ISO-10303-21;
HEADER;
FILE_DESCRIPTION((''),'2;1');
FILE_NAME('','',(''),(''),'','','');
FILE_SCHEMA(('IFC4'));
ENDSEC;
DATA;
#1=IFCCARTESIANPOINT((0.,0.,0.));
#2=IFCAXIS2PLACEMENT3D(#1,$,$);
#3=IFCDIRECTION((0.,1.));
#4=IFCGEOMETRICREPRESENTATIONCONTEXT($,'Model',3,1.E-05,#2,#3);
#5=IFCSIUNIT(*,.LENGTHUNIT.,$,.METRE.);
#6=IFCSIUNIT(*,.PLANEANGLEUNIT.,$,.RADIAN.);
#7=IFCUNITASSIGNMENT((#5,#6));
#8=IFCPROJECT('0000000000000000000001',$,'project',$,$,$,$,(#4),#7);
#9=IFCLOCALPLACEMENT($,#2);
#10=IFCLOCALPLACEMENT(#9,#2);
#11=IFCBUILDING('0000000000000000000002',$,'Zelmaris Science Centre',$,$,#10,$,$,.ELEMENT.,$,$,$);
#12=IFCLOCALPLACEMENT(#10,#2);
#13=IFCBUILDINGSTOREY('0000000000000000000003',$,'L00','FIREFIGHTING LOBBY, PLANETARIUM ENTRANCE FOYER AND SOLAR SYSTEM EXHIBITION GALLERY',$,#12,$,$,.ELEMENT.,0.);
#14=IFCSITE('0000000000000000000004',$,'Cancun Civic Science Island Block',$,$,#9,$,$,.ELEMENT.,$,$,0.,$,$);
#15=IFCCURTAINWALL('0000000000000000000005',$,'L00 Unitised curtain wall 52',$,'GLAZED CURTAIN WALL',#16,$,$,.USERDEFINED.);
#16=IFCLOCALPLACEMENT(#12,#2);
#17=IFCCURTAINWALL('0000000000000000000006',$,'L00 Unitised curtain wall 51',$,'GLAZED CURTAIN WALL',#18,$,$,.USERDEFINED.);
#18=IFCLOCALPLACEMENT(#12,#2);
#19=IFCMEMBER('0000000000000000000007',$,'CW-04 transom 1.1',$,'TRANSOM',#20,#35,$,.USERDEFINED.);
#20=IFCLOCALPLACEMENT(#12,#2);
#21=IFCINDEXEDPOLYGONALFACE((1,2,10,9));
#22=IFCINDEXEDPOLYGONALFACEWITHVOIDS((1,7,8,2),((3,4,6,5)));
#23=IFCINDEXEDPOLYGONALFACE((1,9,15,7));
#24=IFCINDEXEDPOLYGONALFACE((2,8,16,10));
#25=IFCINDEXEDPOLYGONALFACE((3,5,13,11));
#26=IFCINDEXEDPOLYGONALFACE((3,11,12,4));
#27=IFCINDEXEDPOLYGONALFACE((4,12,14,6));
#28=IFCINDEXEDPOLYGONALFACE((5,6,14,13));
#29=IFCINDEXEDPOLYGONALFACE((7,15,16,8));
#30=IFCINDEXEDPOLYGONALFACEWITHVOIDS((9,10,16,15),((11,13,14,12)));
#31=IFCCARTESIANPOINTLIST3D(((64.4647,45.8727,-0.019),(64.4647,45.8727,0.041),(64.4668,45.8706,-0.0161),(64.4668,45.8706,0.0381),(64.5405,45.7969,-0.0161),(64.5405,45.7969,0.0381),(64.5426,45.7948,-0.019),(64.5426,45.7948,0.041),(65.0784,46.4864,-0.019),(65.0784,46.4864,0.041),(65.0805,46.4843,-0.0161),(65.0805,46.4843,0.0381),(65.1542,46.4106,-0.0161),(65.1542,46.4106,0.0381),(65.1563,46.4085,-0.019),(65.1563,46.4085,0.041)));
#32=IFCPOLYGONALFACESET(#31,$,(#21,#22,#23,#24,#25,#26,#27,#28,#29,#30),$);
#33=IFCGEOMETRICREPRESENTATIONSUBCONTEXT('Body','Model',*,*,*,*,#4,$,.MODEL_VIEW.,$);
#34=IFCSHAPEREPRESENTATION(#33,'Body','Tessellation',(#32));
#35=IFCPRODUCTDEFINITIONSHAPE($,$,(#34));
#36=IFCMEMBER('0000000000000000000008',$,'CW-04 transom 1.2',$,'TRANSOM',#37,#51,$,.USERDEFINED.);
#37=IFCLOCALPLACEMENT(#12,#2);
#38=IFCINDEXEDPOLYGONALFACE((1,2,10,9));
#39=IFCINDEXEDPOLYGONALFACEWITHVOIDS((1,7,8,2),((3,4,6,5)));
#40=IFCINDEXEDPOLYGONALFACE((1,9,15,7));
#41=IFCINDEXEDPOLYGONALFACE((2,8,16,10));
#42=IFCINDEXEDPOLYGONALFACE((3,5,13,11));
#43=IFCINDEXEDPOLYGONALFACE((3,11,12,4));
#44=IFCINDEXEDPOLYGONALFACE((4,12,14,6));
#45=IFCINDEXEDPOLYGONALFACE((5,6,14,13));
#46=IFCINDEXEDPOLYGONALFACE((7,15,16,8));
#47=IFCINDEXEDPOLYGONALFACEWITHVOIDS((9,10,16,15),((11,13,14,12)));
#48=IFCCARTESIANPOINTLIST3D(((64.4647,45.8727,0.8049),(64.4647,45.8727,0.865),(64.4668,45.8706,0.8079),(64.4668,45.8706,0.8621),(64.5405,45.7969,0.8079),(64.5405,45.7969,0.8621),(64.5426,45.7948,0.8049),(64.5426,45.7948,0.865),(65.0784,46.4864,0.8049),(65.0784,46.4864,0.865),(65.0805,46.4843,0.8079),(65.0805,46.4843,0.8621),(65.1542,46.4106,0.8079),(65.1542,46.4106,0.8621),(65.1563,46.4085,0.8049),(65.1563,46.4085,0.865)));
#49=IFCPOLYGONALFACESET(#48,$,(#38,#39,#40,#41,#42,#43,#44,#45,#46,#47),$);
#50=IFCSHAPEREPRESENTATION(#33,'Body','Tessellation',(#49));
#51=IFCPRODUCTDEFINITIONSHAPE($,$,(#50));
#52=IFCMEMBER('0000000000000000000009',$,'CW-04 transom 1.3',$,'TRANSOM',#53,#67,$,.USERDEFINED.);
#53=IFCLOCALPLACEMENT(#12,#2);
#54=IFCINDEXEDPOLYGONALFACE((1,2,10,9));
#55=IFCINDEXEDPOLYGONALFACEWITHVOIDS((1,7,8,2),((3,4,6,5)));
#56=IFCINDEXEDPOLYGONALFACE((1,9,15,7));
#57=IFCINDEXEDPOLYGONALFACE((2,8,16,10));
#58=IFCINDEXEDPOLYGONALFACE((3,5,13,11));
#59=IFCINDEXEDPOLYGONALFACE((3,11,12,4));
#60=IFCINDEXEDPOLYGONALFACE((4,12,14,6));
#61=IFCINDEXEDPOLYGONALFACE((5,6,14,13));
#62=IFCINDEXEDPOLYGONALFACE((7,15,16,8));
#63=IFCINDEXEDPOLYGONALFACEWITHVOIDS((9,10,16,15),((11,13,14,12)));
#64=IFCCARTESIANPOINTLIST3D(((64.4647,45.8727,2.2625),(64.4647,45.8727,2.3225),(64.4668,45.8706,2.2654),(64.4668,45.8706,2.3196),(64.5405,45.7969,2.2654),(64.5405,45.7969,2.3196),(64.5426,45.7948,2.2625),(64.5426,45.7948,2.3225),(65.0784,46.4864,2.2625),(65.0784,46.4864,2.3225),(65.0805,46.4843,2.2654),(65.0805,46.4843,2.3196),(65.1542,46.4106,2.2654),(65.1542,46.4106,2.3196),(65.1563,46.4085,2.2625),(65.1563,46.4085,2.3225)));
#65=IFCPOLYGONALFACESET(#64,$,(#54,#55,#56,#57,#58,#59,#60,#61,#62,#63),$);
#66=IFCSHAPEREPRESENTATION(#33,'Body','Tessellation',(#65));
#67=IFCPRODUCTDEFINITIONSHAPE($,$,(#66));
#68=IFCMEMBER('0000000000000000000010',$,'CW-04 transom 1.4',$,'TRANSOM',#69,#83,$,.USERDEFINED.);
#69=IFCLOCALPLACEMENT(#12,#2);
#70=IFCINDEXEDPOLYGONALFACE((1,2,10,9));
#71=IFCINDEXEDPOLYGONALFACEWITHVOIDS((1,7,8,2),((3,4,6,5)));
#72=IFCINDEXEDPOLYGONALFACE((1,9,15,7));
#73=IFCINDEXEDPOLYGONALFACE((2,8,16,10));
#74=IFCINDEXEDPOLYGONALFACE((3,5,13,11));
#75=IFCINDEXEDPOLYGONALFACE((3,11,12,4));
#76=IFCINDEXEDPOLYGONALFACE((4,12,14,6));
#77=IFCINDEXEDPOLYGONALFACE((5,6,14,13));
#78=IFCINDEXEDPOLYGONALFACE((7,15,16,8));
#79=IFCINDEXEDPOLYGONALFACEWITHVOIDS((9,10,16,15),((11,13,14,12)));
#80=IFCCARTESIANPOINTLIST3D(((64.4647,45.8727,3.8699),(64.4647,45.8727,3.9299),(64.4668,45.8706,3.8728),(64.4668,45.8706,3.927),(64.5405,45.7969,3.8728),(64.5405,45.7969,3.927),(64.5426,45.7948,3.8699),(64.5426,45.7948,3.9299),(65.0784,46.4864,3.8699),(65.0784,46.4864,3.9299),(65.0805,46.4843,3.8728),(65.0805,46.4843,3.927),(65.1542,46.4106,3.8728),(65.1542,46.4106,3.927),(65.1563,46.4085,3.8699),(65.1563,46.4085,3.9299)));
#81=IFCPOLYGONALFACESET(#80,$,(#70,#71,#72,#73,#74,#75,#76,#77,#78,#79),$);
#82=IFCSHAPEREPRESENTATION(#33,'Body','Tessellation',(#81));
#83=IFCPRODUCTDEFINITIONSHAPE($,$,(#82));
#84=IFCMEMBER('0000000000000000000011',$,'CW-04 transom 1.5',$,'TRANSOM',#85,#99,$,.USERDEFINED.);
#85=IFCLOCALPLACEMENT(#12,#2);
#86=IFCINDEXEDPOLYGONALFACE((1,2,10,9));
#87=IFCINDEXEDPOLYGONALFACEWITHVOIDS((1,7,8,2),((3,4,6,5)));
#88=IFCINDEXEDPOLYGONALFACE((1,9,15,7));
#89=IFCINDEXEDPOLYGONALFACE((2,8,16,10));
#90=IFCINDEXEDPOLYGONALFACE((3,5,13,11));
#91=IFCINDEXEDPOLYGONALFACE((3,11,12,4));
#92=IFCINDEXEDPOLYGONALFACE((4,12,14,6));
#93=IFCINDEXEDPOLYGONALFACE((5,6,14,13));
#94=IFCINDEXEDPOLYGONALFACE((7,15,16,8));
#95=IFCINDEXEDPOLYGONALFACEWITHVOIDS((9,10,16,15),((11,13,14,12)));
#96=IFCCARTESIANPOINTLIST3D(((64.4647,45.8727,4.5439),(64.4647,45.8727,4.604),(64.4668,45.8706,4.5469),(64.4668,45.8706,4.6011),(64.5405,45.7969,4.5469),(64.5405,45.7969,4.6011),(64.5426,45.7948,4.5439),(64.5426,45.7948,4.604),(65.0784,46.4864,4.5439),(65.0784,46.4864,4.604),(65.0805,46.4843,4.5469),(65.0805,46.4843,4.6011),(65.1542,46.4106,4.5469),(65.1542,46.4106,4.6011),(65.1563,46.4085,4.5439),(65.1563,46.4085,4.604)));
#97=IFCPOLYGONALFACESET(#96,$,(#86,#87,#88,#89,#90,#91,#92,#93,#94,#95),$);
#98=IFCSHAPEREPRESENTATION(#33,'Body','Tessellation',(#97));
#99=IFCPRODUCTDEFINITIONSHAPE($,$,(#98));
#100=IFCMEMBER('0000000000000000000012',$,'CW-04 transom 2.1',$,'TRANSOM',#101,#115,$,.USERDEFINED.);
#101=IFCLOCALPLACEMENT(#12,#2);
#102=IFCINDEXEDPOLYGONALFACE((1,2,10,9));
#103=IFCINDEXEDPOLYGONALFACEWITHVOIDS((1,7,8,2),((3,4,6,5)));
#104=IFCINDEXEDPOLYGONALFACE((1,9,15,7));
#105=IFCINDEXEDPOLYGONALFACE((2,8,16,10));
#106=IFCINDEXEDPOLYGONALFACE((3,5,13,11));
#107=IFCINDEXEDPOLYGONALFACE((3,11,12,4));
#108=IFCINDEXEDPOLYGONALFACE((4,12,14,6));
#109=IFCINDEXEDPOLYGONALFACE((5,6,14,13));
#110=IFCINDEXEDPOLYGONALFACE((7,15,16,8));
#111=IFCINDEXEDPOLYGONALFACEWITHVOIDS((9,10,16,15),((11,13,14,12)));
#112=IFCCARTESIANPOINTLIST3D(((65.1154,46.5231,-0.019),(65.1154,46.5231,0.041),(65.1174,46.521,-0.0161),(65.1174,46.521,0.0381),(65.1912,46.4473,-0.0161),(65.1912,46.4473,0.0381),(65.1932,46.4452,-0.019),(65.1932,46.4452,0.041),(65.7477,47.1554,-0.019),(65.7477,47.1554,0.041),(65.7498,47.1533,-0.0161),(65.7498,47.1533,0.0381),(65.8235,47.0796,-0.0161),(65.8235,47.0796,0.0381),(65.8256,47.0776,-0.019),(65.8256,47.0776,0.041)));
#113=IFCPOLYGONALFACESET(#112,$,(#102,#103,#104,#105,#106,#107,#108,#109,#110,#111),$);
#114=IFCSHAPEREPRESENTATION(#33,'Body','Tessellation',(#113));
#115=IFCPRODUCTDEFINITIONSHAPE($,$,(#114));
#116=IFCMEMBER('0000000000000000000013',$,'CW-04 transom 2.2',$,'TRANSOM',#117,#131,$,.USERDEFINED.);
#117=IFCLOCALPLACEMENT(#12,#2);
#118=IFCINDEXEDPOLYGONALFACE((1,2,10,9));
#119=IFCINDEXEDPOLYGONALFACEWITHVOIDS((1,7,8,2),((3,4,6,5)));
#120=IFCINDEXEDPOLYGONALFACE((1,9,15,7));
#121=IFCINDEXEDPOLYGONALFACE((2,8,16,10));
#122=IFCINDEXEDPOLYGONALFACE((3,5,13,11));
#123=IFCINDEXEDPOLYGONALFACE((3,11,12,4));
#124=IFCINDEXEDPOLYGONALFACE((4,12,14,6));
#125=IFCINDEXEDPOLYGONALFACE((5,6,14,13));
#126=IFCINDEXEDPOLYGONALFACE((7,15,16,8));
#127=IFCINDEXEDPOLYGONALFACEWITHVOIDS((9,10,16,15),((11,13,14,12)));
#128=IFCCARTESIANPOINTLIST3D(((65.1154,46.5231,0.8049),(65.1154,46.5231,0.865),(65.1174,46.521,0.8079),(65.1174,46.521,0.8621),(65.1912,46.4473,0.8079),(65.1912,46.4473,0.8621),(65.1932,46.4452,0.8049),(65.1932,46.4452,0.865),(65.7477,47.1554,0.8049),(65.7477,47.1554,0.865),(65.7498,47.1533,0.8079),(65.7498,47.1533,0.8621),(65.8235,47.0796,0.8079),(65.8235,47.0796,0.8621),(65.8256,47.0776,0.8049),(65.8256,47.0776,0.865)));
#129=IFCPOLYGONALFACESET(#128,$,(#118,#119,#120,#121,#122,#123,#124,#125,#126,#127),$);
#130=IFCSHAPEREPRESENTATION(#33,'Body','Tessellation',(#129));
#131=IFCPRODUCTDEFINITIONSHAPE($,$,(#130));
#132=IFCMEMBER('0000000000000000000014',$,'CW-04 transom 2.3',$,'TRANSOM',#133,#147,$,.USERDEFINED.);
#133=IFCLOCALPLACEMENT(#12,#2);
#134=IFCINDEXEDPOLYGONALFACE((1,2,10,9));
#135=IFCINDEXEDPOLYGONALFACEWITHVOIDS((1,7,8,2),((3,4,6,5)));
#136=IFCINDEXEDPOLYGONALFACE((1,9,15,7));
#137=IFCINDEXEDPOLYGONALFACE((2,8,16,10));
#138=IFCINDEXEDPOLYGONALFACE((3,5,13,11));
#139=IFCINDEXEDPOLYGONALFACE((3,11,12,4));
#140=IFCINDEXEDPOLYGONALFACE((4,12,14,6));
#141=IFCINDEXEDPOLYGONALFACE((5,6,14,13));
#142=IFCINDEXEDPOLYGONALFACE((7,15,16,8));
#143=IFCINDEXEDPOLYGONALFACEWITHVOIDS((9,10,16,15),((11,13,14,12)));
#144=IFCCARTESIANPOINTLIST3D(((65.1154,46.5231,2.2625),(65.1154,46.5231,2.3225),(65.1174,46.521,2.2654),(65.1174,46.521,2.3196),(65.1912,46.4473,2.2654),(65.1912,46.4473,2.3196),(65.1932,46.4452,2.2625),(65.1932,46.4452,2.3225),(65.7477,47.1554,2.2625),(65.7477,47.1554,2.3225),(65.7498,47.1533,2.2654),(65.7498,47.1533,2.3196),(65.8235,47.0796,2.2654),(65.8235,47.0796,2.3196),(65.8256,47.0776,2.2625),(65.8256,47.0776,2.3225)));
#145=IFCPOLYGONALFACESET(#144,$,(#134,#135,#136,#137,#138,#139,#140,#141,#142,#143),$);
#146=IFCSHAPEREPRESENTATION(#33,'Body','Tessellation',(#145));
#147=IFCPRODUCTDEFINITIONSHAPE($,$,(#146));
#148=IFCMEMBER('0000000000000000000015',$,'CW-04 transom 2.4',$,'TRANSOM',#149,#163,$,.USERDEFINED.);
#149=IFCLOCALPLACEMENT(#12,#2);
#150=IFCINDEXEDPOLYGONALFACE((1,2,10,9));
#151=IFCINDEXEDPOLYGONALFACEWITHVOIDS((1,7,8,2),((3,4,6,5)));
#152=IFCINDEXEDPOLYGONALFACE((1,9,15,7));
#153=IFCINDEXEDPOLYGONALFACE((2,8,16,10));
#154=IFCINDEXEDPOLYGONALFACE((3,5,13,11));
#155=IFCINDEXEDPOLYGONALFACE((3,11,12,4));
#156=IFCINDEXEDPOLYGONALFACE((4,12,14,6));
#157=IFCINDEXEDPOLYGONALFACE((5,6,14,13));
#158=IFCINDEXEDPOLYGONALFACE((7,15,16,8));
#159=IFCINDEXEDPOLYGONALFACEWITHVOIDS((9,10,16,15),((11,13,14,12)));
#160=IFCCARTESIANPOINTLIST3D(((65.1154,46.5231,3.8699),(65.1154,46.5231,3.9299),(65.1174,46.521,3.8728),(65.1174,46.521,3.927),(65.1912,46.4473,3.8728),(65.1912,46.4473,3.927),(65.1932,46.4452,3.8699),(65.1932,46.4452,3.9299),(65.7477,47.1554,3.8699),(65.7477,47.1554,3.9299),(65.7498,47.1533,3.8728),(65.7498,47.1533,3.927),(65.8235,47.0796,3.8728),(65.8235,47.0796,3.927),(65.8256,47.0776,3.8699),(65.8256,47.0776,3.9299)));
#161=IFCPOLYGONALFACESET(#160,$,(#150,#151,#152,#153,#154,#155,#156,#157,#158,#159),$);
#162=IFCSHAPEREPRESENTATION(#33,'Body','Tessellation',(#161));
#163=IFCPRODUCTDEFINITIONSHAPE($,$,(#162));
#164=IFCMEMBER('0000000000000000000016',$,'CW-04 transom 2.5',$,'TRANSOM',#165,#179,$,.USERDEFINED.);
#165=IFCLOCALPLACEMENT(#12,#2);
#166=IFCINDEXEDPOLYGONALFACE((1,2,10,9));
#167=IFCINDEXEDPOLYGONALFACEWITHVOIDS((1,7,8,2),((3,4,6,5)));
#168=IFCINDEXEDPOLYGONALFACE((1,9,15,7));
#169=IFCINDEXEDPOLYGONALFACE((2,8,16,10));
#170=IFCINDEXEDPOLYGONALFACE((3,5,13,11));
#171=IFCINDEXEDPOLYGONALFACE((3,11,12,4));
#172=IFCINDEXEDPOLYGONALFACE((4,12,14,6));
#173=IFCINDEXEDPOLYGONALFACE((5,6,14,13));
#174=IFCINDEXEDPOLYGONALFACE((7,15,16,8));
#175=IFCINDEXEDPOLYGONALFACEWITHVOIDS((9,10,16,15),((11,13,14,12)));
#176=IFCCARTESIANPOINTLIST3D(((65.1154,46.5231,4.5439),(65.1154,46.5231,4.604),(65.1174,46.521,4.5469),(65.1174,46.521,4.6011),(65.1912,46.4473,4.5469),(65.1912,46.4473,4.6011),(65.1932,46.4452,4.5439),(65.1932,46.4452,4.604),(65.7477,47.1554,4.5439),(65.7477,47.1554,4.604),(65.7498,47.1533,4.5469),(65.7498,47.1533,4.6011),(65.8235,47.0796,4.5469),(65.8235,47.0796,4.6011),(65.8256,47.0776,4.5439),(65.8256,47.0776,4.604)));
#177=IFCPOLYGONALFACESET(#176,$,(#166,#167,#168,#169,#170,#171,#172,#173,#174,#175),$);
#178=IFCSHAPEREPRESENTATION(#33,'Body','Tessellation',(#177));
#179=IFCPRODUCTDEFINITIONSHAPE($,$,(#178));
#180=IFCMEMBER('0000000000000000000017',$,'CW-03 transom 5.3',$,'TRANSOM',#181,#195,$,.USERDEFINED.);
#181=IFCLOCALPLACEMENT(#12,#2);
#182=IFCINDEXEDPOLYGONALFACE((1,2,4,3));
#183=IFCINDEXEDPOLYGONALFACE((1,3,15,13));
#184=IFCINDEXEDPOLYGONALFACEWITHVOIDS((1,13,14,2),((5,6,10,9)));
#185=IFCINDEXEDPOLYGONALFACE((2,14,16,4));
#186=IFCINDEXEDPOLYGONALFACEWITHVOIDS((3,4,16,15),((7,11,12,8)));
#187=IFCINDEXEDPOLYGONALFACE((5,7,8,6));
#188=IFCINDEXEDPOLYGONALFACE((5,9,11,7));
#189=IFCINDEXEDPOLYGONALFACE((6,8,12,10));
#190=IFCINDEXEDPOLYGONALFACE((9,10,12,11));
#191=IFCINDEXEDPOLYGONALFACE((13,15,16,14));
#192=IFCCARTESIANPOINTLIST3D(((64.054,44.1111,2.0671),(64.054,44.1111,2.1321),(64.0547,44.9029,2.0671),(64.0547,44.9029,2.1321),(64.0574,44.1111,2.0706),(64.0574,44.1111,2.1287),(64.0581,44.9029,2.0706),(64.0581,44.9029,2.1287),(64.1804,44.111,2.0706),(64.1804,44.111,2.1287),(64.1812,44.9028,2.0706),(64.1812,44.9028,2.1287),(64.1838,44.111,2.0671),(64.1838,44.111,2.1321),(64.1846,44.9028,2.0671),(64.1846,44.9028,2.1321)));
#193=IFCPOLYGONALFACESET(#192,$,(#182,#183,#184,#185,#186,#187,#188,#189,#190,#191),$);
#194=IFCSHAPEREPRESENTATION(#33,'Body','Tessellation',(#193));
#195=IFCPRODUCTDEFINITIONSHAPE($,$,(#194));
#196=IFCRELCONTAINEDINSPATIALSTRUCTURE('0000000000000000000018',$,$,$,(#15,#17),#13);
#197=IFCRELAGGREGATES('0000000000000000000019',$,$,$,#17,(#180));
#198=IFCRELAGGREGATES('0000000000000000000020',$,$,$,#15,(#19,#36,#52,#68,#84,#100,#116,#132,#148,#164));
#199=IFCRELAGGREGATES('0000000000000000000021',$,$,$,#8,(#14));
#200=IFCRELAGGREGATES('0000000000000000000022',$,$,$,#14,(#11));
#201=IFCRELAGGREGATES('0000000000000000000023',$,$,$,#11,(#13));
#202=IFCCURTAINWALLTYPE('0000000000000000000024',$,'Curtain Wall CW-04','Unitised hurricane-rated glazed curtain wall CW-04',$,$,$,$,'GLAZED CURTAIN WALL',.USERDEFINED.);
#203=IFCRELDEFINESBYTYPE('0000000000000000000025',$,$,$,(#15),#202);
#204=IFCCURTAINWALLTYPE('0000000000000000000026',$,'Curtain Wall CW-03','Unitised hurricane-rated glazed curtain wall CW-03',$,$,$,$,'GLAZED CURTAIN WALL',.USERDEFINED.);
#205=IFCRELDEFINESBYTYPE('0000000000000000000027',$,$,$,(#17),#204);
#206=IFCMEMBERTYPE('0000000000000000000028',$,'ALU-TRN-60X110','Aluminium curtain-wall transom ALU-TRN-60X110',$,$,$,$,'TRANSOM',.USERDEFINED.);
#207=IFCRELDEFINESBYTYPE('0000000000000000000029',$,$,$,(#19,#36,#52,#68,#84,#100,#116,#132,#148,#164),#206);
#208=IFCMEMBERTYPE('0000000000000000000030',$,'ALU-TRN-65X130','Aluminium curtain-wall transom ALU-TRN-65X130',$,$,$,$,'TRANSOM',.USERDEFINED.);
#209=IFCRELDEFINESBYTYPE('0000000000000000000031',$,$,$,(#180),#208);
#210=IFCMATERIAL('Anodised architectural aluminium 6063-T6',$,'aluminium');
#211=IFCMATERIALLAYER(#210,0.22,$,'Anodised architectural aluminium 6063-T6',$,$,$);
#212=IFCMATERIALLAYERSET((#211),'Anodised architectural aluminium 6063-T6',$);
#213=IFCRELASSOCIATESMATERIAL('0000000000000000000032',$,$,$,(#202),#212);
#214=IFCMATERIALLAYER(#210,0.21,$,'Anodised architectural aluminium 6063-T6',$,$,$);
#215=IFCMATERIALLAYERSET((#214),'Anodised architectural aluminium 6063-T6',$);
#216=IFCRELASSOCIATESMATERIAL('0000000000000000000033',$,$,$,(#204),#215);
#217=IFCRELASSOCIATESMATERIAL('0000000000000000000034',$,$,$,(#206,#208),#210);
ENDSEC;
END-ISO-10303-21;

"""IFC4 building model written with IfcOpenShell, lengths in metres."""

from ifc_helpers import new_model, si_unit, direction, frame, origin, origin_2d, place, context, subcontext, project, spatial, hollow_rectangle, extrude, material, layer, layer_set, material_profile, profile_set, type_object, element, aggregate, save


model = new_model("IFC4")

# Units and contexts
model_context = context("Model", 3, precision=1e-05, world=origin(), true_north=direction((0.0, 1.0)))
body_context = subcontext(model_context, "Body", "Model", "MODEL_VIEW")
ifc_project = project(units=[si_unit("LENGTHUNIT", "METRE"), si_unit("PLANEANGLEUNIT", "RADIAN")], contexts=[model_context])

# Site, building, storey
site_placement = place(None, origin())
site = spatial("IfcSite", under=ifc_project, at=site_placement, Name="Cancun Civic Science Island Block", CompositionType="ELEMENT", RefElevation=0.0)
building_placement = place(site_placement, origin())
building = spatial("IfcBuilding", under=site, at=building_placement, Name="Zelmaris Science Centre", CompositionType="ELEMENT")
storey_placement = place(building_placement, origin())
storey = spatial("IfcBuildingStorey", under=building, at=storey_placement, Name="L00", Description="FIREFIGHTING LOBBY, PLANETARIUM ENTRANCE FOYER AND SOLAR SYSTEM EXHIBITION GALLERY", CompositionType="ELEMENT", Elevation=0.0)

# Curtain wall
ifc_material_1 = material(Name="Anodised architectural aluminium 6063-T6", Category="aluminium")
ifc_layer_1 = layer(ifc_material_1, 0.22, Name="Anodised architectural aluminium 6063-T6")
ifc_layer_set_1 = layer_set([ifc_layer_1], Name="Anodised architectural aluminium 6063-T6")
curtain_wall_type_1 = type_object("IfcCurtainWallType", Name="Curtain Wall CW-04", Description="Unitised hurricane-rated glazed curtain wall CW-04", ElementType="GLAZED CURTAIN WALL", PredefinedType="USERDEFINED", material=ifc_layer_set_1)
curtain_wall_1_placement = place(storey_placement, origin())
curtain_wall_1 = element("IfcCurtainWall", 1, at=curtain_wall_1_placement, inside=storey, type_object=curtain_wall_type_1, Name="L00 Unitised curtain wall 52", ObjectType="GLAZED CURTAIN WALL", PredefinedType="USERDEFINED")

# Curtain wall
ifc_layer_2 = layer(ifc_material_1, 0.21, Name="Anodised architectural aluminium 6063-T6")
ifc_layer_set_2 = layer_set([ifc_layer_2], Name="Anodised architectural aluminium 6063-T6")
curtain_wall_type_2 = type_object("IfcCurtainWallType", Name="Curtain Wall CW-03", Description="Unitised hurricane-rated glazed curtain wall CW-03", ElementType="GLAZED CURTAIN WALL", PredefinedType="USERDEFINED", material=ifc_layer_set_2)
curtain_wall_2_placement = place(storey_placement, origin())
curtain_wall_2 = element("IfcCurtainWall", 2, at=curtain_wall_2_placement, inside=storey, type_object=curtain_wall_type_2, Name="L00 Unitised curtain wall 51", ObjectType="GLAZED CURTAIN WALL", PredefinedType="USERDEFINED")

# Members
ifc_material_profile_1 = material_profile(ifc_material_1, hollow_rectangle(XDim=0.0601, YDim=0.1101, WallThickness=0.0029, at=origin_2d()), Name="ALU-TRN-60X110")
ifc_profile_set_1 = profile_set([ifc_material_profile_1], Name="Anodised architectural aluminium 6063-T6")
member_type_1 = type_object("IfcMemberType", Name="ALU-TRN-60X110", Description="Aluminium curtain-wall transom ALU-TRN-60X110", ElementType="TRANSOM", PredefinedType="USERDEFINED", material=ifc_profile_set_1)
member_1_placement = place(storey_placement, frame((64.5037, 45.8337, 0.011), z_axis=(0.707107, 0.707107, 0.0), x_axis=(0.0, 0.0, 1.0)))
member_1 = element("IfcMember", 3, at=member_1_placement, type_object=member_type_1, Name="CW-04 transom 1.1", ObjectType="TRANSOM", PredefinedType="USERDEFINED", context=body_context, shape_type="SweptSolid", body=[
    extrude(hollow_rectangle(XDim=0.0601, YDim=0.1101, WallThickness=0.0029, at=origin_2d()), origin(), (0.0, 0.0, 1.0), 0.8679),
])
member_2_placement = place(storey_placement, frame((64.5037, 45.8337, 0.835), z_axis=(0.707107, 0.707107, 0.0), x_axis=(0.0, 0.0, 1.0)))
member_2 = element("IfcMember", 4, at=member_2_placement, type_object=member_type_1, Name="CW-04 transom 1.2", ObjectType="TRANSOM", PredefinedType="USERDEFINED", context=body_context, shape_type="SweptSolid", body=[
    extrude(hollow_rectangle(XDim=0.0601, YDim=0.1101, WallThickness=0.0029, at=origin_2d()), origin(), (0.0, 0.0, 1.0), 0.8679),
])
member_3_placement = place(storey_placement, frame((64.5037, 45.8337, 2.2925), z_axis=(0.707107, 0.707107, 0.0), x_axis=(0.0, 0.0, 1.0)))
member_3 = element("IfcMember", 5, at=member_3_placement, type_object=member_type_1, Name="CW-04 transom 1.3", ObjectType="TRANSOM", PredefinedType="USERDEFINED", context=body_context, shape_type="SweptSolid", body=[
    extrude(hollow_rectangle(XDim=0.0601, YDim=0.1101, WallThickness=0.0029, at=origin_2d()), origin(), (0.0, 0.0, 1.0), 0.8679),
])
member_4_placement = place(storey_placement, frame((64.5037, 45.8337, 3.8999), z_axis=(0.707107, 0.707107, 0.0), x_axis=(0.0, 0.0, 1.0)))
member_4 = element("IfcMember", 6, at=member_4_placement, type_object=member_type_1, Name="CW-04 transom 1.4", ObjectType="TRANSOM", PredefinedType="USERDEFINED", context=body_context, shape_type="SweptSolid", body=[
    extrude(hollow_rectangle(XDim=0.0601, YDim=0.1101, WallThickness=0.0029, at=origin_2d()), origin(), (0.0, 0.0, 1.0), 0.8679),
])
member_5_placement = place(storey_placement, frame((64.5037, 45.8337, 4.574), z_axis=(0.707107, 0.707107, 0.0), x_axis=(0.0, 0.0, 1.0)))
member_5 = element("IfcMember", 7, at=member_5_placement, type_object=member_type_1, Name="CW-04 transom 1.5", ObjectType="TRANSOM", PredefinedType="USERDEFINED", context=body_context, shape_type="SweptSolid", body=[
    extrude(hollow_rectangle(XDim=0.0601, YDim=0.1101, WallThickness=0.0029, at=origin_2d()), origin(), (0.0, 0.0, 1.0), 0.8679),
])
member_6_placement = place(storey_placement, frame((65.1543, 46.4841, 0.011), z_axis=(0.707107, 0.707107, 0.0), x_axis=(0.0, 0.0, 1.0)))
member_6 = element("IfcMember", 8, at=member_6_placement, type_object=member_type_1, Name="CW-04 transom 2.1", ObjectType="TRANSOM", PredefinedType="USERDEFINED", context=body_context, shape_type="SweptSolid", body=[
    extrude(hollow_rectangle(XDim=0.0601, YDim=0.1101, WallThickness=0.0029, at=origin_2d()), origin(), (0.0, 0.0, 1.0), 0.8943),
])
member_7_placement = place(storey_placement, frame((65.1543, 46.4841, 0.835), z_axis=(0.707107, 0.707107, 0.0), x_axis=(0.0, 0.0, 1.0)))
member_7 = element("IfcMember", 9, at=member_7_placement, type_object=member_type_1, Name="CW-04 transom 2.2", ObjectType="TRANSOM", PredefinedType="USERDEFINED", context=body_context, shape_type="SweptSolid", body=[
    extrude(hollow_rectangle(XDim=0.0601, YDim=0.1101, WallThickness=0.0029, at=origin_2d()), origin(), (0.0, 0.0, 1.0), 0.8943),
])
member_8_placement = place(storey_placement, frame((65.1543, 46.4841, 2.2925), z_axis=(0.707107, 0.707107, 0.0), x_axis=(0.0, 0.0, 1.0)))
member_8 = element("IfcMember", 10, at=member_8_placement, type_object=member_type_1, Name="CW-04 transom 2.3", ObjectType="TRANSOM", PredefinedType="USERDEFINED", context=body_context, shape_type="SweptSolid", body=[
    extrude(hollow_rectangle(XDim=0.0601, YDim=0.1101, WallThickness=0.0029, at=origin_2d()), origin(), (0.0, 0.0, 1.0), 0.8943),
])
member_9_placement = place(storey_placement, frame((65.1543, 46.4841, 3.8999), z_axis=(0.707107, 0.707107, 0.0), x_axis=(0.0, 0.0, 1.0)))
member_9 = element("IfcMember", 11, at=member_9_placement, type_object=member_type_1, Name="CW-04 transom 2.4", ObjectType="TRANSOM", PredefinedType="USERDEFINED", context=body_context, shape_type="SweptSolid", body=[
    extrude(hollow_rectangle(XDim=0.0601, YDim=0.1101, WallThickness=0.0029, at=origin_2d()), origin(), (0.0, 0.0, 1.0), 0.8943),
])
member_10_placement = place(storey_placement, frame((65.1543, 46.4841, 4.574), z_axis=(0.707107, 0.707107, 0.0), x_axis=(0.0, 0.0, 1.0)))
member_10 = element("IfcMember", 12, at=member_10_placement, type_object=member_type_1, Name="CW-04 transom 2.5", ObjectType="TRANSOM", PredefinedType="USERDEFINED", context=body_context, shape_type="SweptSolid", body=[
    extrude(hollow_rectangle(XDim=0.0601, YDim=0.1101, WallThickness=0.0029, at=origin_2d()), origin(), (0.0, 0.0, 1.0), 0.8943),
])
ifc_material_profile_2 = material_profile(ifc_material_1, hollow_rectangle(XDim=0.0649, YDim=0.1299, WallThickness=0.0034, at=origin_2d()), Name="ALU-TRN-65X130")
ifc_profile_set_2 = profile_set([ifc_material_profile_2], Name="Anodised architectural aluminium 6063-T6")
member_type_2 = type_object("IfcMemberType", Name="ALU-TRN-65X130", Description="Aluminium curtain-wall transom ALU-TRN-65X130", ElementType="TRANSOM", PredefinedType="USERDEFINED", material=ifc_profile_set_2)
member_11_placement = place(storey_placement, frame((64.1189, 44.1111, 2.0996), z_axis=(0.000925, 1.0, 0.0), x_axis=(0.0, 0.0, 1.0)))
member_11 = element("IfcMember", 13, at=member_11_placement, type_object=member_type_2, Name="CW-03 transom 5.3", ObjectType="TRANSOM", PredefinedType="USERDEFINED", context=body_context, shape_type="SweptSolid", body=[
    extrude(hollow_rectangle(XDim=0.0649, YDim=0.1299, WallThickness=0.0034, at=origin_2d()), origin(), (0.0, 0.0, 1.0), 0.7917),
])

aggregate(curtain_wall_2, [member_11])
aggregate(curtain_wall_1, [member_1, member_2, member_3, member_4, member_5, member_6, member_7, member_8, member_9, member_10])

save(model, "model.ifc")
